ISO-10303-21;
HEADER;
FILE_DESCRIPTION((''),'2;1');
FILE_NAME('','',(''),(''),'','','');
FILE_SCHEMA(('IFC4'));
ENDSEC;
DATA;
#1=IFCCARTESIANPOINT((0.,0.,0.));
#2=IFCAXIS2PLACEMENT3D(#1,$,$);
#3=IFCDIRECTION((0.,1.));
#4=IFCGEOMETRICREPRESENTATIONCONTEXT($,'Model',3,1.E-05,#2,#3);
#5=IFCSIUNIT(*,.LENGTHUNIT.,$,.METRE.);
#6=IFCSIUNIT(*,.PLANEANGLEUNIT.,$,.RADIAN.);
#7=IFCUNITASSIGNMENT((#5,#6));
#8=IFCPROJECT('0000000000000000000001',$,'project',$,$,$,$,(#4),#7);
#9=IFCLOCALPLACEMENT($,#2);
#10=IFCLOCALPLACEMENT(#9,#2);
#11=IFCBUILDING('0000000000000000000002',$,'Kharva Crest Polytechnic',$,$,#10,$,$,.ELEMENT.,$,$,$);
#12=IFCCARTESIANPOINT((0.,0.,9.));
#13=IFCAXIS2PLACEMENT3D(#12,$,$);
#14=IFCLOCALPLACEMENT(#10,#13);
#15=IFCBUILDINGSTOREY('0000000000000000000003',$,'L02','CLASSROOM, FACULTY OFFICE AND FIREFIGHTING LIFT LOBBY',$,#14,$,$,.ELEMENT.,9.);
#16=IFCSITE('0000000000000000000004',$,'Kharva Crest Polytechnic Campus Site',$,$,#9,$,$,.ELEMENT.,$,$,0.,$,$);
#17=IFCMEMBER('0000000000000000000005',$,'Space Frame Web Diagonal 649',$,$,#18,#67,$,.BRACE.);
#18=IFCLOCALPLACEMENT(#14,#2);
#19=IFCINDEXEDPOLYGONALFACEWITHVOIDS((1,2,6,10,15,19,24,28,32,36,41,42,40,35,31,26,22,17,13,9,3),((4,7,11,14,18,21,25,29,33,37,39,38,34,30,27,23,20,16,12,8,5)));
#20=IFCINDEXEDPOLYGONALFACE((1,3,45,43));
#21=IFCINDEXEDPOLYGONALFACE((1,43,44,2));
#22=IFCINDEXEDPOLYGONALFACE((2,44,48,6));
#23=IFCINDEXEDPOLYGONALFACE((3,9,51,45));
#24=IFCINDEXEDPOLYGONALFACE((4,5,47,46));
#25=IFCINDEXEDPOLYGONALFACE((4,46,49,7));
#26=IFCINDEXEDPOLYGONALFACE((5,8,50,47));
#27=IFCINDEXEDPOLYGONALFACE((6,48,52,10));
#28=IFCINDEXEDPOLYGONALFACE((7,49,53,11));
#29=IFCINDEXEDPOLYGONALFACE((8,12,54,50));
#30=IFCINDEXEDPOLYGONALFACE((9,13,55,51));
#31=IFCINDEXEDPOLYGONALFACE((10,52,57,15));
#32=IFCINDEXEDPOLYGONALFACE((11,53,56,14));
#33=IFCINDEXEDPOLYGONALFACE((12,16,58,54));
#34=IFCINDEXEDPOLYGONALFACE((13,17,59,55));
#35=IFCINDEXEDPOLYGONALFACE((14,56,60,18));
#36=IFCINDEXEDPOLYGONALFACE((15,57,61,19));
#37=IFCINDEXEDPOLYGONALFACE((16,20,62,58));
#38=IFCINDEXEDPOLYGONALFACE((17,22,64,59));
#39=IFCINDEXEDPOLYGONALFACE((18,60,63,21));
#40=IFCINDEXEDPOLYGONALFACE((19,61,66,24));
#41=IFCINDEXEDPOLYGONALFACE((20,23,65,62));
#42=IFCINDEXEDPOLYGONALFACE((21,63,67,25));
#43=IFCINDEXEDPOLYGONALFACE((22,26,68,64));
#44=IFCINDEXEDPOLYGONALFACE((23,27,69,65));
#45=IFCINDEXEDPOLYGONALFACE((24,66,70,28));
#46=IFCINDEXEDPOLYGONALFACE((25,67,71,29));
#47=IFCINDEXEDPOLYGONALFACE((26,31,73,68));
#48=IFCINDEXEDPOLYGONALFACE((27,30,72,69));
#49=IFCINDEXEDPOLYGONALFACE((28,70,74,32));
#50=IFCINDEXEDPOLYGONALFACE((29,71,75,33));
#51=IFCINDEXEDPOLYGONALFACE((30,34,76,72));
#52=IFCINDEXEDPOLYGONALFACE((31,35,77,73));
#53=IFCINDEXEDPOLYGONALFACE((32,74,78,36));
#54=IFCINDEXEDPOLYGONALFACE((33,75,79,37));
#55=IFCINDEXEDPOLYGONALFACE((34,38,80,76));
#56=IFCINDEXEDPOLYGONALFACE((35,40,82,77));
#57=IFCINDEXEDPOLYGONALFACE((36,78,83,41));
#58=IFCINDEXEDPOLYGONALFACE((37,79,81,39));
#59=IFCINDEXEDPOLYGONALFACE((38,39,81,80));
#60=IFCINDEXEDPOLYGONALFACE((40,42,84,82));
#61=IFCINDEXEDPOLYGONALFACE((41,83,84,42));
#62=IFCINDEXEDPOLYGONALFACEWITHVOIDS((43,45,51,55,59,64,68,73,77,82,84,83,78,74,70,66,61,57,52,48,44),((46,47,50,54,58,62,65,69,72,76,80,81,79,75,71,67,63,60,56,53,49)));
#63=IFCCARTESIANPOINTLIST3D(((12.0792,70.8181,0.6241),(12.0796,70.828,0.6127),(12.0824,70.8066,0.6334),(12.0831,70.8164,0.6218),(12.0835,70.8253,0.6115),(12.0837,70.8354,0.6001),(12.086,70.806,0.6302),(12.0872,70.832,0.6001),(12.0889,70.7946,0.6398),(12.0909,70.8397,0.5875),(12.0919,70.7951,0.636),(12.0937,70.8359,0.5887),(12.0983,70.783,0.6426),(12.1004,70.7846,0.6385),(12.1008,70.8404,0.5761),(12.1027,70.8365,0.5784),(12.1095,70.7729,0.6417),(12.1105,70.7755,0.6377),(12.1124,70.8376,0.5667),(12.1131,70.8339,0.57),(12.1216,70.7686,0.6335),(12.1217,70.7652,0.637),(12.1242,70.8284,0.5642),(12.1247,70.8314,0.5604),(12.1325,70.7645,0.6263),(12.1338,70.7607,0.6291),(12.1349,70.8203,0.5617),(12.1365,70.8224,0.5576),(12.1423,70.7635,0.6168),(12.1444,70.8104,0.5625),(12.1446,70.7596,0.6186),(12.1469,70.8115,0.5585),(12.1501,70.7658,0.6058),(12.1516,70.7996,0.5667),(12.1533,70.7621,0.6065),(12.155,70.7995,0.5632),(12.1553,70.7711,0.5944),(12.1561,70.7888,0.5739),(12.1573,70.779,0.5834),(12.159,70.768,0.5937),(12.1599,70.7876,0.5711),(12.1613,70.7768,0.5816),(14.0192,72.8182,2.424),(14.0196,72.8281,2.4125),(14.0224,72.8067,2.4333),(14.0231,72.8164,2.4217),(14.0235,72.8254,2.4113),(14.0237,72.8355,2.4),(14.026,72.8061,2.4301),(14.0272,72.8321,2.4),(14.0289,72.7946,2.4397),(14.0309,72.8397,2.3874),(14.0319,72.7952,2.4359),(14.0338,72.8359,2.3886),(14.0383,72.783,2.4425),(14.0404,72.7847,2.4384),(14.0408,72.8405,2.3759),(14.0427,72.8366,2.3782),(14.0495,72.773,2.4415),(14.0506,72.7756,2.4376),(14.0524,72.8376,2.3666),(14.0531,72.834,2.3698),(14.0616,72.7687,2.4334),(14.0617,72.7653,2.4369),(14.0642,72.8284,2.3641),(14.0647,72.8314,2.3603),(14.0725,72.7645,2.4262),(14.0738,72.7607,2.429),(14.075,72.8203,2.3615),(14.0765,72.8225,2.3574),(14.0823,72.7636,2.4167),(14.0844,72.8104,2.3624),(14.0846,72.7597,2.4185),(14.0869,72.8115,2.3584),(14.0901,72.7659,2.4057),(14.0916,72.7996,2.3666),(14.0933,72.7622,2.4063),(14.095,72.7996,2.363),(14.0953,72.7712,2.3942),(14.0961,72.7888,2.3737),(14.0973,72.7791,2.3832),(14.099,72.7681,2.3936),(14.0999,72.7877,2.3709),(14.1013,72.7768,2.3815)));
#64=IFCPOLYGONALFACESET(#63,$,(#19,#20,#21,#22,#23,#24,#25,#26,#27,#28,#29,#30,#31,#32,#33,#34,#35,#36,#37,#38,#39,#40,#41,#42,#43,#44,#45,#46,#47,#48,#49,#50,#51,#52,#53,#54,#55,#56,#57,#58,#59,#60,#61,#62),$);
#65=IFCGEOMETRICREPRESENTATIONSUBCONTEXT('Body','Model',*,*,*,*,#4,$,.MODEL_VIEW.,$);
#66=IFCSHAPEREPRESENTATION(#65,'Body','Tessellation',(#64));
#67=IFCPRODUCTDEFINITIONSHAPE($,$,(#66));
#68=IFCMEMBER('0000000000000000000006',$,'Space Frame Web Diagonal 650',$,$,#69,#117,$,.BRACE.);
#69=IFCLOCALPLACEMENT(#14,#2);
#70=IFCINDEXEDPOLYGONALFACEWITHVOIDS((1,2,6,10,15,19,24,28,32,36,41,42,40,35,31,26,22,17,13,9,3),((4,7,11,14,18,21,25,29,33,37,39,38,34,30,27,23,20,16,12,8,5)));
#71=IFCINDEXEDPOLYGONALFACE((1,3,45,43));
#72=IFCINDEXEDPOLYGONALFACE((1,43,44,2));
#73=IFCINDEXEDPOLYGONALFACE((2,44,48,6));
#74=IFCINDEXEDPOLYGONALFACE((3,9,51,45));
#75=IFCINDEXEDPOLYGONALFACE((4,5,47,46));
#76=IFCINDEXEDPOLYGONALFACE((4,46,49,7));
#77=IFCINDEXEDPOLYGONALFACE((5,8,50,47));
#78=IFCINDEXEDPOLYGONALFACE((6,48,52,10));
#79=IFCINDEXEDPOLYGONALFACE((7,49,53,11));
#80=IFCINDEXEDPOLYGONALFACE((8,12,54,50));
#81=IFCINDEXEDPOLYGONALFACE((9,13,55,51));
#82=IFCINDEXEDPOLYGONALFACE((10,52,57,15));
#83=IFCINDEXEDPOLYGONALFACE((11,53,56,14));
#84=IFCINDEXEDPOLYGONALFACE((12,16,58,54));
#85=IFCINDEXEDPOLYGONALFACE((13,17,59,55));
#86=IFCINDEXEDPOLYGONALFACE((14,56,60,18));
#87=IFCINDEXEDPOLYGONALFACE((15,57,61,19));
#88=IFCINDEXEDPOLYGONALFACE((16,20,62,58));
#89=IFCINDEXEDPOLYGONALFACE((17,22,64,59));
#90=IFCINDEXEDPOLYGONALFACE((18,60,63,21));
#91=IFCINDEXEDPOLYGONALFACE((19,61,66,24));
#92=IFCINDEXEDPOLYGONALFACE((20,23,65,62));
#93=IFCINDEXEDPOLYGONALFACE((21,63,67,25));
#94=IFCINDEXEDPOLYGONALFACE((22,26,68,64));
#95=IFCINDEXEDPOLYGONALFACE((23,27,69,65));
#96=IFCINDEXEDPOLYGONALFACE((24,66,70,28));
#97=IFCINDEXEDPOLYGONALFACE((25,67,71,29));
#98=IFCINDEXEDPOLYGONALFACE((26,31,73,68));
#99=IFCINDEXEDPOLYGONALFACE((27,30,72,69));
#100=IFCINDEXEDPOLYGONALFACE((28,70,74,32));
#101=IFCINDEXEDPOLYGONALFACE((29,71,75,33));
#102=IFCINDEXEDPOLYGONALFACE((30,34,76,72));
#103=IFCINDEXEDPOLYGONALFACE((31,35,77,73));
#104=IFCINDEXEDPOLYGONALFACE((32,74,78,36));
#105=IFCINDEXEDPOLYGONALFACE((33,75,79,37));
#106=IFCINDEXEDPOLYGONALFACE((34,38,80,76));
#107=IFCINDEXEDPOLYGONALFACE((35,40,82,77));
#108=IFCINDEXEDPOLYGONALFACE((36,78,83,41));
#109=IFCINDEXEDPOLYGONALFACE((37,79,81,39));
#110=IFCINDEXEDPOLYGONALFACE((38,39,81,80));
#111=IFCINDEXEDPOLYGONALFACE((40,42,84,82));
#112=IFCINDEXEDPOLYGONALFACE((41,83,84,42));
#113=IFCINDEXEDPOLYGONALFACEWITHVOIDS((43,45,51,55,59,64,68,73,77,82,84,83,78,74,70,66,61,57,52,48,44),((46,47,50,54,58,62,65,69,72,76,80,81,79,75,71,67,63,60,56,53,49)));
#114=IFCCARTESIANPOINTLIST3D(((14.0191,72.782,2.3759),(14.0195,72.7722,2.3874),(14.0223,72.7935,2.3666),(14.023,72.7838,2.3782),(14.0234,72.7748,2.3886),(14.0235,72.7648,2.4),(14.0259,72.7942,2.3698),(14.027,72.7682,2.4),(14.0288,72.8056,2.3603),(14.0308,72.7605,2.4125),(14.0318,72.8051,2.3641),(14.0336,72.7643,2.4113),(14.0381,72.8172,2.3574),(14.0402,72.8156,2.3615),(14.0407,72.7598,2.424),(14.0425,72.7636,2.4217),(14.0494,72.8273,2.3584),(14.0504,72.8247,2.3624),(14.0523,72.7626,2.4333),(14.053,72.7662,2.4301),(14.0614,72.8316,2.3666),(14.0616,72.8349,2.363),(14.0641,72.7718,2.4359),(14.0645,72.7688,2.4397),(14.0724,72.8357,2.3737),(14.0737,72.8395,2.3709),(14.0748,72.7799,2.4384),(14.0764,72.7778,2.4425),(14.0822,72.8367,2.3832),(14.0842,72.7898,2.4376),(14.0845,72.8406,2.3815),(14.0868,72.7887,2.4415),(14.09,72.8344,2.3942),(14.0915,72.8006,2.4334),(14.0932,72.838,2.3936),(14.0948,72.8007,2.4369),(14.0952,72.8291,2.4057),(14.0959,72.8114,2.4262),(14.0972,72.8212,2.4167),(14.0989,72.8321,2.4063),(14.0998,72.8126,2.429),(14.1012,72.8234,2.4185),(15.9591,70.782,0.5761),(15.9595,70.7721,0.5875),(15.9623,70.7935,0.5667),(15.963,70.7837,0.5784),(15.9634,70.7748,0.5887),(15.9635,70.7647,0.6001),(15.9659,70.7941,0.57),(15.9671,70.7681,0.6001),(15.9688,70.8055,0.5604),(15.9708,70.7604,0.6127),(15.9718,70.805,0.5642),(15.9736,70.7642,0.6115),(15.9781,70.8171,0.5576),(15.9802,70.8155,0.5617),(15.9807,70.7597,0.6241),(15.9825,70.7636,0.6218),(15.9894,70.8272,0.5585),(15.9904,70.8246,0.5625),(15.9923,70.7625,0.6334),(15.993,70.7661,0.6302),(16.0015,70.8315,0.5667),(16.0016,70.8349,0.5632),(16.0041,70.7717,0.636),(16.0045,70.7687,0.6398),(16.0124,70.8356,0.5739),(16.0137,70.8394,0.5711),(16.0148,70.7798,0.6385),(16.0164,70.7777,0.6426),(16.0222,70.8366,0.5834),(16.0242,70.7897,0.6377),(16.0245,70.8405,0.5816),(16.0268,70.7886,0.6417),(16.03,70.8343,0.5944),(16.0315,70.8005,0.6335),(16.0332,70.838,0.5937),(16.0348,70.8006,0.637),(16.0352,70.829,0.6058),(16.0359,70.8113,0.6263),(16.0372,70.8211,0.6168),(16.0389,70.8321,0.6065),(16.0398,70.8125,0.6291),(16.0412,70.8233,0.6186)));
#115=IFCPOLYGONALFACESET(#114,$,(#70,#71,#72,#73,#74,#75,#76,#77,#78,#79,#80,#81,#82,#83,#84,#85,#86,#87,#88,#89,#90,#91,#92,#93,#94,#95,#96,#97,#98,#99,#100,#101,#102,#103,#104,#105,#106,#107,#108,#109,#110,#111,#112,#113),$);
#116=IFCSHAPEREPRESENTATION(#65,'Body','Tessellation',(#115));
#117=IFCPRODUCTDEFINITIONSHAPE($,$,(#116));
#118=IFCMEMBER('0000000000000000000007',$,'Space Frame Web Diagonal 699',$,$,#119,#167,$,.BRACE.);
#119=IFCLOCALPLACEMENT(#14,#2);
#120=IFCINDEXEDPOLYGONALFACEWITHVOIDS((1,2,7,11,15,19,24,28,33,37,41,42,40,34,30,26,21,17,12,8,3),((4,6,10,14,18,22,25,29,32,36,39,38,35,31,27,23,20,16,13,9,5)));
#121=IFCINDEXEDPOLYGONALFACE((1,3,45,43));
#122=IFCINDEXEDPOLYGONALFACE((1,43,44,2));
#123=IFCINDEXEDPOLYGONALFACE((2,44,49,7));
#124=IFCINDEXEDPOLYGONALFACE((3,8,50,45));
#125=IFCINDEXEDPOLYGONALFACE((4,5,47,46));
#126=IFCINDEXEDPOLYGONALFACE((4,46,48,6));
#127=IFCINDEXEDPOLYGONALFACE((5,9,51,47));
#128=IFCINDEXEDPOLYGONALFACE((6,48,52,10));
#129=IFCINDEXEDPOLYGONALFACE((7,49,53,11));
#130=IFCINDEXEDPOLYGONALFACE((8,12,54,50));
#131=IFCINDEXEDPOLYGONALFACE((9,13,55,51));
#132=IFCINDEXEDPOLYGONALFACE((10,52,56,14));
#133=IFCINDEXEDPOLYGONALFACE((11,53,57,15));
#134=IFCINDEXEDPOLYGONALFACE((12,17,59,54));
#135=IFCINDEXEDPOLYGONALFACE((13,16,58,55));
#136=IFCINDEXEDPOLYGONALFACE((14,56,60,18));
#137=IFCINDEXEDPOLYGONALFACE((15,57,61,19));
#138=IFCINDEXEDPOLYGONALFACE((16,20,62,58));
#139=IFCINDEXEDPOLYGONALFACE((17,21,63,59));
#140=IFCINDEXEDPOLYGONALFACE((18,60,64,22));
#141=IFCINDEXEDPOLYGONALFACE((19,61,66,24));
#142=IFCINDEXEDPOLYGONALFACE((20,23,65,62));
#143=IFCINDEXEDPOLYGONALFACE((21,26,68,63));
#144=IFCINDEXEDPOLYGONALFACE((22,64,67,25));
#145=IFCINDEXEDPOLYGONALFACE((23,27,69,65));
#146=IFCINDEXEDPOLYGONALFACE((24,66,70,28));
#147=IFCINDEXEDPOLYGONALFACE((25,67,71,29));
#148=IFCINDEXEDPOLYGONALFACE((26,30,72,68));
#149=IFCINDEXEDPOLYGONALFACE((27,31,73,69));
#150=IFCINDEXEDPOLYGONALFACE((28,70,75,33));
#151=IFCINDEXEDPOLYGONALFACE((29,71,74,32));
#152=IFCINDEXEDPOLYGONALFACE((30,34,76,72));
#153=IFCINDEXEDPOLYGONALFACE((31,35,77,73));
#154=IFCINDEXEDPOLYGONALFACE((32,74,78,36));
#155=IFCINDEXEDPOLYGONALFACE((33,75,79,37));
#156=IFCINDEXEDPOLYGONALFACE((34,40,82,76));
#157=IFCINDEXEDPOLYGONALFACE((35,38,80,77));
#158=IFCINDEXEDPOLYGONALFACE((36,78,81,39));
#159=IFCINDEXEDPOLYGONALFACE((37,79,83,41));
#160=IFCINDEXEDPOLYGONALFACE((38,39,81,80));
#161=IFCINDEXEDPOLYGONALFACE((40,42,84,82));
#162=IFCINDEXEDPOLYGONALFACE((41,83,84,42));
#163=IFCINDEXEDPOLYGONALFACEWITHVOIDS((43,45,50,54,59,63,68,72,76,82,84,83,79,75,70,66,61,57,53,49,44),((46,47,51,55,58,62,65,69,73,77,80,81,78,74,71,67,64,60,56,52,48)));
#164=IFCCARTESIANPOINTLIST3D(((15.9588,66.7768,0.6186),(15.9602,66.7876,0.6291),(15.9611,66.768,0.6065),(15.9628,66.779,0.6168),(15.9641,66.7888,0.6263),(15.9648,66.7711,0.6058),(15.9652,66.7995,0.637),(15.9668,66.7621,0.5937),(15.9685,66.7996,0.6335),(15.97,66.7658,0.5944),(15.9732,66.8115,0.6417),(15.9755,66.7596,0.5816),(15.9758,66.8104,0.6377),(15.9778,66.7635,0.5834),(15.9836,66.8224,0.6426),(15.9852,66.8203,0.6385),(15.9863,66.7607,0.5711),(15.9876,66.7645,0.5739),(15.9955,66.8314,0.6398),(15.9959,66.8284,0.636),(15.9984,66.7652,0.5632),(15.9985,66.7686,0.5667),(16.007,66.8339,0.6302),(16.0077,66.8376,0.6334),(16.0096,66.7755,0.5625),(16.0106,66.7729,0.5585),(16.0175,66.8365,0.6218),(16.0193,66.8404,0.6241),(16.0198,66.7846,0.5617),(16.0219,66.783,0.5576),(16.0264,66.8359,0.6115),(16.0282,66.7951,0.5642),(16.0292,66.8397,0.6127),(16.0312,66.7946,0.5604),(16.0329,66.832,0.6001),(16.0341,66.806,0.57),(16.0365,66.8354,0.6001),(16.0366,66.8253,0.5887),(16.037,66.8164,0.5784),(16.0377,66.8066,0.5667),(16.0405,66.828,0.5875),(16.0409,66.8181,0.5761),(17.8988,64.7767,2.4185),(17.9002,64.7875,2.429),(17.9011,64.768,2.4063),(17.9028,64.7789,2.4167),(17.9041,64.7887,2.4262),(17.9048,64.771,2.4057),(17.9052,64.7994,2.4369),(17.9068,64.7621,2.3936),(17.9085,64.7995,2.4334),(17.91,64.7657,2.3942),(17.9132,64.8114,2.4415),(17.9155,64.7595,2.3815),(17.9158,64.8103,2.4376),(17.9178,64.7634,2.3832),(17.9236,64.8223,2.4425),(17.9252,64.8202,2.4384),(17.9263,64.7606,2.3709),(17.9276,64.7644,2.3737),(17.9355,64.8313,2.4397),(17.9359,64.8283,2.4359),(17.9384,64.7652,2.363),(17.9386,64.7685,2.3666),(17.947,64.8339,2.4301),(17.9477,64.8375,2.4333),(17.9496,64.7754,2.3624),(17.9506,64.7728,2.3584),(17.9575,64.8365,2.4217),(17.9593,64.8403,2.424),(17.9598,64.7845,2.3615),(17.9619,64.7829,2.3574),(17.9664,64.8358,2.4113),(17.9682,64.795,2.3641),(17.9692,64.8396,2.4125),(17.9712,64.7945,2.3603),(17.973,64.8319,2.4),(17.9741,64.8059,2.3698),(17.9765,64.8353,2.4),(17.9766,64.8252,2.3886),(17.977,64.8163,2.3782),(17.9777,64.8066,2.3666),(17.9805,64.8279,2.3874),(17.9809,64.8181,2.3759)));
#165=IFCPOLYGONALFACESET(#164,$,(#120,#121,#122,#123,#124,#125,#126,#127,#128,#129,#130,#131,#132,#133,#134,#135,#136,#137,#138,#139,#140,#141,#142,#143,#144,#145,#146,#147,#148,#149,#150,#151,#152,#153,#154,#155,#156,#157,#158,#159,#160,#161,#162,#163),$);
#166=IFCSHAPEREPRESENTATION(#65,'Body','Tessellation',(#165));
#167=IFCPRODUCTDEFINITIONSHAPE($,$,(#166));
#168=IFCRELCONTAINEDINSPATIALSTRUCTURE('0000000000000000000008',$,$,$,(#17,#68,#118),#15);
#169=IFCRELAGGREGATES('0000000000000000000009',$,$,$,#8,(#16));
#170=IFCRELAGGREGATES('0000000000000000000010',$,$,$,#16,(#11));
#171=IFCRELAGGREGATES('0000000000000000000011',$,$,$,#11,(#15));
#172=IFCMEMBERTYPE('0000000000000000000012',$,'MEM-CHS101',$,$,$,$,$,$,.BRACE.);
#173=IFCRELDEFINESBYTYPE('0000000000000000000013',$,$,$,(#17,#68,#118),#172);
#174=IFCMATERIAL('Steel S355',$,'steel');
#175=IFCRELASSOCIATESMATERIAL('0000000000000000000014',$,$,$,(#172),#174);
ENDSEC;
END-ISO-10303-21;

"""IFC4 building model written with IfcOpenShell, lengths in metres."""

from ifc_helpers import new_model, si_unit, direction, frame, origin, origin_2d, place, context, subcontext, project, spatial, hollow_circle, extrude, material, material_profile, profile_set, type_object, element, save


model = new_model("IFC4")

# Units and contexts
model_context = context("Model", 3, precision=1e-05, world=origin(), true_north=direction((0.0, 1.0)))
body_context = subcontext(model_context, "Body", "Model", "MODEL_VIEW")
ifc_project = project(units=[si_unit("LENGTHUNIT", "METRE"), si_unit("PLANEANGLEUNIT", "RADIAN")], contexts=[model_context])

# Site, building, storey
site_placement = place(None, origin())
site = spatial("IfcSite", under=ifc_project, at=site_placement, Name="Kharva Crest Polytechnic Campus Site", CompositionType="ELEMENT", RefElevation=0.0)
building_placement = place(site_placement, origin())
building = spatial("IfcBuilding", under=site, at=building_placement, Name="Kharva Crest Polytechnic", CompositionType="ELEMENT")
storey_placement = place(building_placement, frame((0.0, 0.0, 9.0)))
storey = spatial("IfcBuildingStorey", under=building, at=storey_placement, Name="L02", Description="CLASSROOM, FACULTY OFFICE AND FIREFIGHTING LIFT LOBBY", CompositionType="ELEMENT", Elevation=9.0)

# Shared definitions
ifc_material_1 = material(Name="Steel S355", Category="steel")

# Members
ifc_material_profile_1 = material_profile(ifc_material_1, hollow_circle(Radius=0.0508, WallThickness=0.0049, at=origin_2d()), Name="CHS 101.6X5.0")
ifc_profile_set_1 = profile_set([ifc_material_profile_1], Name="Steel S355")
member_type_1 = type_object("IfcMemberType", Name="MEM-CHS101", PredefinedType="BRACE", material=ifc_profile_set_1)
for number, where, z_axis, x_axis, name in (
    (1, (12.1201, 70.8, 0.6001), (0.584843, 0.60295, 0.542596), (-0.717802, 0.696247, 0.0), "Space Frame Web Diagonal 649"),
    (2, (16.0, 70.8, 0.6001), (-0.584843, 0.60295, 0.542596), (-0.717802, -0.696247, 0.0), "Space Frame Web Diagonal 650"),
    (3, (16.0, 66.8, 0.6001), (0.584843, -0.60295, 0.542596), (0.717802, 0.696247, 0.0), "Space Frame Web Diagonal 699"),
):
    element("IfcMember", number, at=place(storey_placement, frame(where, z_axis=z_axis, x_axis=x_axis)), inside=storey, type_object=member_type_1, Name=name, PredefinedType="BRACE", context=body_context, shape_type="SweptSolid", body=[
        extrude(hollow_circle(Radius=0.0508, WallThickness=0.0049, at=origin_2d()), origin(), (0.0, 0.0, 1.0), 3.3171),
    ])

save(model, "model.ifc")
